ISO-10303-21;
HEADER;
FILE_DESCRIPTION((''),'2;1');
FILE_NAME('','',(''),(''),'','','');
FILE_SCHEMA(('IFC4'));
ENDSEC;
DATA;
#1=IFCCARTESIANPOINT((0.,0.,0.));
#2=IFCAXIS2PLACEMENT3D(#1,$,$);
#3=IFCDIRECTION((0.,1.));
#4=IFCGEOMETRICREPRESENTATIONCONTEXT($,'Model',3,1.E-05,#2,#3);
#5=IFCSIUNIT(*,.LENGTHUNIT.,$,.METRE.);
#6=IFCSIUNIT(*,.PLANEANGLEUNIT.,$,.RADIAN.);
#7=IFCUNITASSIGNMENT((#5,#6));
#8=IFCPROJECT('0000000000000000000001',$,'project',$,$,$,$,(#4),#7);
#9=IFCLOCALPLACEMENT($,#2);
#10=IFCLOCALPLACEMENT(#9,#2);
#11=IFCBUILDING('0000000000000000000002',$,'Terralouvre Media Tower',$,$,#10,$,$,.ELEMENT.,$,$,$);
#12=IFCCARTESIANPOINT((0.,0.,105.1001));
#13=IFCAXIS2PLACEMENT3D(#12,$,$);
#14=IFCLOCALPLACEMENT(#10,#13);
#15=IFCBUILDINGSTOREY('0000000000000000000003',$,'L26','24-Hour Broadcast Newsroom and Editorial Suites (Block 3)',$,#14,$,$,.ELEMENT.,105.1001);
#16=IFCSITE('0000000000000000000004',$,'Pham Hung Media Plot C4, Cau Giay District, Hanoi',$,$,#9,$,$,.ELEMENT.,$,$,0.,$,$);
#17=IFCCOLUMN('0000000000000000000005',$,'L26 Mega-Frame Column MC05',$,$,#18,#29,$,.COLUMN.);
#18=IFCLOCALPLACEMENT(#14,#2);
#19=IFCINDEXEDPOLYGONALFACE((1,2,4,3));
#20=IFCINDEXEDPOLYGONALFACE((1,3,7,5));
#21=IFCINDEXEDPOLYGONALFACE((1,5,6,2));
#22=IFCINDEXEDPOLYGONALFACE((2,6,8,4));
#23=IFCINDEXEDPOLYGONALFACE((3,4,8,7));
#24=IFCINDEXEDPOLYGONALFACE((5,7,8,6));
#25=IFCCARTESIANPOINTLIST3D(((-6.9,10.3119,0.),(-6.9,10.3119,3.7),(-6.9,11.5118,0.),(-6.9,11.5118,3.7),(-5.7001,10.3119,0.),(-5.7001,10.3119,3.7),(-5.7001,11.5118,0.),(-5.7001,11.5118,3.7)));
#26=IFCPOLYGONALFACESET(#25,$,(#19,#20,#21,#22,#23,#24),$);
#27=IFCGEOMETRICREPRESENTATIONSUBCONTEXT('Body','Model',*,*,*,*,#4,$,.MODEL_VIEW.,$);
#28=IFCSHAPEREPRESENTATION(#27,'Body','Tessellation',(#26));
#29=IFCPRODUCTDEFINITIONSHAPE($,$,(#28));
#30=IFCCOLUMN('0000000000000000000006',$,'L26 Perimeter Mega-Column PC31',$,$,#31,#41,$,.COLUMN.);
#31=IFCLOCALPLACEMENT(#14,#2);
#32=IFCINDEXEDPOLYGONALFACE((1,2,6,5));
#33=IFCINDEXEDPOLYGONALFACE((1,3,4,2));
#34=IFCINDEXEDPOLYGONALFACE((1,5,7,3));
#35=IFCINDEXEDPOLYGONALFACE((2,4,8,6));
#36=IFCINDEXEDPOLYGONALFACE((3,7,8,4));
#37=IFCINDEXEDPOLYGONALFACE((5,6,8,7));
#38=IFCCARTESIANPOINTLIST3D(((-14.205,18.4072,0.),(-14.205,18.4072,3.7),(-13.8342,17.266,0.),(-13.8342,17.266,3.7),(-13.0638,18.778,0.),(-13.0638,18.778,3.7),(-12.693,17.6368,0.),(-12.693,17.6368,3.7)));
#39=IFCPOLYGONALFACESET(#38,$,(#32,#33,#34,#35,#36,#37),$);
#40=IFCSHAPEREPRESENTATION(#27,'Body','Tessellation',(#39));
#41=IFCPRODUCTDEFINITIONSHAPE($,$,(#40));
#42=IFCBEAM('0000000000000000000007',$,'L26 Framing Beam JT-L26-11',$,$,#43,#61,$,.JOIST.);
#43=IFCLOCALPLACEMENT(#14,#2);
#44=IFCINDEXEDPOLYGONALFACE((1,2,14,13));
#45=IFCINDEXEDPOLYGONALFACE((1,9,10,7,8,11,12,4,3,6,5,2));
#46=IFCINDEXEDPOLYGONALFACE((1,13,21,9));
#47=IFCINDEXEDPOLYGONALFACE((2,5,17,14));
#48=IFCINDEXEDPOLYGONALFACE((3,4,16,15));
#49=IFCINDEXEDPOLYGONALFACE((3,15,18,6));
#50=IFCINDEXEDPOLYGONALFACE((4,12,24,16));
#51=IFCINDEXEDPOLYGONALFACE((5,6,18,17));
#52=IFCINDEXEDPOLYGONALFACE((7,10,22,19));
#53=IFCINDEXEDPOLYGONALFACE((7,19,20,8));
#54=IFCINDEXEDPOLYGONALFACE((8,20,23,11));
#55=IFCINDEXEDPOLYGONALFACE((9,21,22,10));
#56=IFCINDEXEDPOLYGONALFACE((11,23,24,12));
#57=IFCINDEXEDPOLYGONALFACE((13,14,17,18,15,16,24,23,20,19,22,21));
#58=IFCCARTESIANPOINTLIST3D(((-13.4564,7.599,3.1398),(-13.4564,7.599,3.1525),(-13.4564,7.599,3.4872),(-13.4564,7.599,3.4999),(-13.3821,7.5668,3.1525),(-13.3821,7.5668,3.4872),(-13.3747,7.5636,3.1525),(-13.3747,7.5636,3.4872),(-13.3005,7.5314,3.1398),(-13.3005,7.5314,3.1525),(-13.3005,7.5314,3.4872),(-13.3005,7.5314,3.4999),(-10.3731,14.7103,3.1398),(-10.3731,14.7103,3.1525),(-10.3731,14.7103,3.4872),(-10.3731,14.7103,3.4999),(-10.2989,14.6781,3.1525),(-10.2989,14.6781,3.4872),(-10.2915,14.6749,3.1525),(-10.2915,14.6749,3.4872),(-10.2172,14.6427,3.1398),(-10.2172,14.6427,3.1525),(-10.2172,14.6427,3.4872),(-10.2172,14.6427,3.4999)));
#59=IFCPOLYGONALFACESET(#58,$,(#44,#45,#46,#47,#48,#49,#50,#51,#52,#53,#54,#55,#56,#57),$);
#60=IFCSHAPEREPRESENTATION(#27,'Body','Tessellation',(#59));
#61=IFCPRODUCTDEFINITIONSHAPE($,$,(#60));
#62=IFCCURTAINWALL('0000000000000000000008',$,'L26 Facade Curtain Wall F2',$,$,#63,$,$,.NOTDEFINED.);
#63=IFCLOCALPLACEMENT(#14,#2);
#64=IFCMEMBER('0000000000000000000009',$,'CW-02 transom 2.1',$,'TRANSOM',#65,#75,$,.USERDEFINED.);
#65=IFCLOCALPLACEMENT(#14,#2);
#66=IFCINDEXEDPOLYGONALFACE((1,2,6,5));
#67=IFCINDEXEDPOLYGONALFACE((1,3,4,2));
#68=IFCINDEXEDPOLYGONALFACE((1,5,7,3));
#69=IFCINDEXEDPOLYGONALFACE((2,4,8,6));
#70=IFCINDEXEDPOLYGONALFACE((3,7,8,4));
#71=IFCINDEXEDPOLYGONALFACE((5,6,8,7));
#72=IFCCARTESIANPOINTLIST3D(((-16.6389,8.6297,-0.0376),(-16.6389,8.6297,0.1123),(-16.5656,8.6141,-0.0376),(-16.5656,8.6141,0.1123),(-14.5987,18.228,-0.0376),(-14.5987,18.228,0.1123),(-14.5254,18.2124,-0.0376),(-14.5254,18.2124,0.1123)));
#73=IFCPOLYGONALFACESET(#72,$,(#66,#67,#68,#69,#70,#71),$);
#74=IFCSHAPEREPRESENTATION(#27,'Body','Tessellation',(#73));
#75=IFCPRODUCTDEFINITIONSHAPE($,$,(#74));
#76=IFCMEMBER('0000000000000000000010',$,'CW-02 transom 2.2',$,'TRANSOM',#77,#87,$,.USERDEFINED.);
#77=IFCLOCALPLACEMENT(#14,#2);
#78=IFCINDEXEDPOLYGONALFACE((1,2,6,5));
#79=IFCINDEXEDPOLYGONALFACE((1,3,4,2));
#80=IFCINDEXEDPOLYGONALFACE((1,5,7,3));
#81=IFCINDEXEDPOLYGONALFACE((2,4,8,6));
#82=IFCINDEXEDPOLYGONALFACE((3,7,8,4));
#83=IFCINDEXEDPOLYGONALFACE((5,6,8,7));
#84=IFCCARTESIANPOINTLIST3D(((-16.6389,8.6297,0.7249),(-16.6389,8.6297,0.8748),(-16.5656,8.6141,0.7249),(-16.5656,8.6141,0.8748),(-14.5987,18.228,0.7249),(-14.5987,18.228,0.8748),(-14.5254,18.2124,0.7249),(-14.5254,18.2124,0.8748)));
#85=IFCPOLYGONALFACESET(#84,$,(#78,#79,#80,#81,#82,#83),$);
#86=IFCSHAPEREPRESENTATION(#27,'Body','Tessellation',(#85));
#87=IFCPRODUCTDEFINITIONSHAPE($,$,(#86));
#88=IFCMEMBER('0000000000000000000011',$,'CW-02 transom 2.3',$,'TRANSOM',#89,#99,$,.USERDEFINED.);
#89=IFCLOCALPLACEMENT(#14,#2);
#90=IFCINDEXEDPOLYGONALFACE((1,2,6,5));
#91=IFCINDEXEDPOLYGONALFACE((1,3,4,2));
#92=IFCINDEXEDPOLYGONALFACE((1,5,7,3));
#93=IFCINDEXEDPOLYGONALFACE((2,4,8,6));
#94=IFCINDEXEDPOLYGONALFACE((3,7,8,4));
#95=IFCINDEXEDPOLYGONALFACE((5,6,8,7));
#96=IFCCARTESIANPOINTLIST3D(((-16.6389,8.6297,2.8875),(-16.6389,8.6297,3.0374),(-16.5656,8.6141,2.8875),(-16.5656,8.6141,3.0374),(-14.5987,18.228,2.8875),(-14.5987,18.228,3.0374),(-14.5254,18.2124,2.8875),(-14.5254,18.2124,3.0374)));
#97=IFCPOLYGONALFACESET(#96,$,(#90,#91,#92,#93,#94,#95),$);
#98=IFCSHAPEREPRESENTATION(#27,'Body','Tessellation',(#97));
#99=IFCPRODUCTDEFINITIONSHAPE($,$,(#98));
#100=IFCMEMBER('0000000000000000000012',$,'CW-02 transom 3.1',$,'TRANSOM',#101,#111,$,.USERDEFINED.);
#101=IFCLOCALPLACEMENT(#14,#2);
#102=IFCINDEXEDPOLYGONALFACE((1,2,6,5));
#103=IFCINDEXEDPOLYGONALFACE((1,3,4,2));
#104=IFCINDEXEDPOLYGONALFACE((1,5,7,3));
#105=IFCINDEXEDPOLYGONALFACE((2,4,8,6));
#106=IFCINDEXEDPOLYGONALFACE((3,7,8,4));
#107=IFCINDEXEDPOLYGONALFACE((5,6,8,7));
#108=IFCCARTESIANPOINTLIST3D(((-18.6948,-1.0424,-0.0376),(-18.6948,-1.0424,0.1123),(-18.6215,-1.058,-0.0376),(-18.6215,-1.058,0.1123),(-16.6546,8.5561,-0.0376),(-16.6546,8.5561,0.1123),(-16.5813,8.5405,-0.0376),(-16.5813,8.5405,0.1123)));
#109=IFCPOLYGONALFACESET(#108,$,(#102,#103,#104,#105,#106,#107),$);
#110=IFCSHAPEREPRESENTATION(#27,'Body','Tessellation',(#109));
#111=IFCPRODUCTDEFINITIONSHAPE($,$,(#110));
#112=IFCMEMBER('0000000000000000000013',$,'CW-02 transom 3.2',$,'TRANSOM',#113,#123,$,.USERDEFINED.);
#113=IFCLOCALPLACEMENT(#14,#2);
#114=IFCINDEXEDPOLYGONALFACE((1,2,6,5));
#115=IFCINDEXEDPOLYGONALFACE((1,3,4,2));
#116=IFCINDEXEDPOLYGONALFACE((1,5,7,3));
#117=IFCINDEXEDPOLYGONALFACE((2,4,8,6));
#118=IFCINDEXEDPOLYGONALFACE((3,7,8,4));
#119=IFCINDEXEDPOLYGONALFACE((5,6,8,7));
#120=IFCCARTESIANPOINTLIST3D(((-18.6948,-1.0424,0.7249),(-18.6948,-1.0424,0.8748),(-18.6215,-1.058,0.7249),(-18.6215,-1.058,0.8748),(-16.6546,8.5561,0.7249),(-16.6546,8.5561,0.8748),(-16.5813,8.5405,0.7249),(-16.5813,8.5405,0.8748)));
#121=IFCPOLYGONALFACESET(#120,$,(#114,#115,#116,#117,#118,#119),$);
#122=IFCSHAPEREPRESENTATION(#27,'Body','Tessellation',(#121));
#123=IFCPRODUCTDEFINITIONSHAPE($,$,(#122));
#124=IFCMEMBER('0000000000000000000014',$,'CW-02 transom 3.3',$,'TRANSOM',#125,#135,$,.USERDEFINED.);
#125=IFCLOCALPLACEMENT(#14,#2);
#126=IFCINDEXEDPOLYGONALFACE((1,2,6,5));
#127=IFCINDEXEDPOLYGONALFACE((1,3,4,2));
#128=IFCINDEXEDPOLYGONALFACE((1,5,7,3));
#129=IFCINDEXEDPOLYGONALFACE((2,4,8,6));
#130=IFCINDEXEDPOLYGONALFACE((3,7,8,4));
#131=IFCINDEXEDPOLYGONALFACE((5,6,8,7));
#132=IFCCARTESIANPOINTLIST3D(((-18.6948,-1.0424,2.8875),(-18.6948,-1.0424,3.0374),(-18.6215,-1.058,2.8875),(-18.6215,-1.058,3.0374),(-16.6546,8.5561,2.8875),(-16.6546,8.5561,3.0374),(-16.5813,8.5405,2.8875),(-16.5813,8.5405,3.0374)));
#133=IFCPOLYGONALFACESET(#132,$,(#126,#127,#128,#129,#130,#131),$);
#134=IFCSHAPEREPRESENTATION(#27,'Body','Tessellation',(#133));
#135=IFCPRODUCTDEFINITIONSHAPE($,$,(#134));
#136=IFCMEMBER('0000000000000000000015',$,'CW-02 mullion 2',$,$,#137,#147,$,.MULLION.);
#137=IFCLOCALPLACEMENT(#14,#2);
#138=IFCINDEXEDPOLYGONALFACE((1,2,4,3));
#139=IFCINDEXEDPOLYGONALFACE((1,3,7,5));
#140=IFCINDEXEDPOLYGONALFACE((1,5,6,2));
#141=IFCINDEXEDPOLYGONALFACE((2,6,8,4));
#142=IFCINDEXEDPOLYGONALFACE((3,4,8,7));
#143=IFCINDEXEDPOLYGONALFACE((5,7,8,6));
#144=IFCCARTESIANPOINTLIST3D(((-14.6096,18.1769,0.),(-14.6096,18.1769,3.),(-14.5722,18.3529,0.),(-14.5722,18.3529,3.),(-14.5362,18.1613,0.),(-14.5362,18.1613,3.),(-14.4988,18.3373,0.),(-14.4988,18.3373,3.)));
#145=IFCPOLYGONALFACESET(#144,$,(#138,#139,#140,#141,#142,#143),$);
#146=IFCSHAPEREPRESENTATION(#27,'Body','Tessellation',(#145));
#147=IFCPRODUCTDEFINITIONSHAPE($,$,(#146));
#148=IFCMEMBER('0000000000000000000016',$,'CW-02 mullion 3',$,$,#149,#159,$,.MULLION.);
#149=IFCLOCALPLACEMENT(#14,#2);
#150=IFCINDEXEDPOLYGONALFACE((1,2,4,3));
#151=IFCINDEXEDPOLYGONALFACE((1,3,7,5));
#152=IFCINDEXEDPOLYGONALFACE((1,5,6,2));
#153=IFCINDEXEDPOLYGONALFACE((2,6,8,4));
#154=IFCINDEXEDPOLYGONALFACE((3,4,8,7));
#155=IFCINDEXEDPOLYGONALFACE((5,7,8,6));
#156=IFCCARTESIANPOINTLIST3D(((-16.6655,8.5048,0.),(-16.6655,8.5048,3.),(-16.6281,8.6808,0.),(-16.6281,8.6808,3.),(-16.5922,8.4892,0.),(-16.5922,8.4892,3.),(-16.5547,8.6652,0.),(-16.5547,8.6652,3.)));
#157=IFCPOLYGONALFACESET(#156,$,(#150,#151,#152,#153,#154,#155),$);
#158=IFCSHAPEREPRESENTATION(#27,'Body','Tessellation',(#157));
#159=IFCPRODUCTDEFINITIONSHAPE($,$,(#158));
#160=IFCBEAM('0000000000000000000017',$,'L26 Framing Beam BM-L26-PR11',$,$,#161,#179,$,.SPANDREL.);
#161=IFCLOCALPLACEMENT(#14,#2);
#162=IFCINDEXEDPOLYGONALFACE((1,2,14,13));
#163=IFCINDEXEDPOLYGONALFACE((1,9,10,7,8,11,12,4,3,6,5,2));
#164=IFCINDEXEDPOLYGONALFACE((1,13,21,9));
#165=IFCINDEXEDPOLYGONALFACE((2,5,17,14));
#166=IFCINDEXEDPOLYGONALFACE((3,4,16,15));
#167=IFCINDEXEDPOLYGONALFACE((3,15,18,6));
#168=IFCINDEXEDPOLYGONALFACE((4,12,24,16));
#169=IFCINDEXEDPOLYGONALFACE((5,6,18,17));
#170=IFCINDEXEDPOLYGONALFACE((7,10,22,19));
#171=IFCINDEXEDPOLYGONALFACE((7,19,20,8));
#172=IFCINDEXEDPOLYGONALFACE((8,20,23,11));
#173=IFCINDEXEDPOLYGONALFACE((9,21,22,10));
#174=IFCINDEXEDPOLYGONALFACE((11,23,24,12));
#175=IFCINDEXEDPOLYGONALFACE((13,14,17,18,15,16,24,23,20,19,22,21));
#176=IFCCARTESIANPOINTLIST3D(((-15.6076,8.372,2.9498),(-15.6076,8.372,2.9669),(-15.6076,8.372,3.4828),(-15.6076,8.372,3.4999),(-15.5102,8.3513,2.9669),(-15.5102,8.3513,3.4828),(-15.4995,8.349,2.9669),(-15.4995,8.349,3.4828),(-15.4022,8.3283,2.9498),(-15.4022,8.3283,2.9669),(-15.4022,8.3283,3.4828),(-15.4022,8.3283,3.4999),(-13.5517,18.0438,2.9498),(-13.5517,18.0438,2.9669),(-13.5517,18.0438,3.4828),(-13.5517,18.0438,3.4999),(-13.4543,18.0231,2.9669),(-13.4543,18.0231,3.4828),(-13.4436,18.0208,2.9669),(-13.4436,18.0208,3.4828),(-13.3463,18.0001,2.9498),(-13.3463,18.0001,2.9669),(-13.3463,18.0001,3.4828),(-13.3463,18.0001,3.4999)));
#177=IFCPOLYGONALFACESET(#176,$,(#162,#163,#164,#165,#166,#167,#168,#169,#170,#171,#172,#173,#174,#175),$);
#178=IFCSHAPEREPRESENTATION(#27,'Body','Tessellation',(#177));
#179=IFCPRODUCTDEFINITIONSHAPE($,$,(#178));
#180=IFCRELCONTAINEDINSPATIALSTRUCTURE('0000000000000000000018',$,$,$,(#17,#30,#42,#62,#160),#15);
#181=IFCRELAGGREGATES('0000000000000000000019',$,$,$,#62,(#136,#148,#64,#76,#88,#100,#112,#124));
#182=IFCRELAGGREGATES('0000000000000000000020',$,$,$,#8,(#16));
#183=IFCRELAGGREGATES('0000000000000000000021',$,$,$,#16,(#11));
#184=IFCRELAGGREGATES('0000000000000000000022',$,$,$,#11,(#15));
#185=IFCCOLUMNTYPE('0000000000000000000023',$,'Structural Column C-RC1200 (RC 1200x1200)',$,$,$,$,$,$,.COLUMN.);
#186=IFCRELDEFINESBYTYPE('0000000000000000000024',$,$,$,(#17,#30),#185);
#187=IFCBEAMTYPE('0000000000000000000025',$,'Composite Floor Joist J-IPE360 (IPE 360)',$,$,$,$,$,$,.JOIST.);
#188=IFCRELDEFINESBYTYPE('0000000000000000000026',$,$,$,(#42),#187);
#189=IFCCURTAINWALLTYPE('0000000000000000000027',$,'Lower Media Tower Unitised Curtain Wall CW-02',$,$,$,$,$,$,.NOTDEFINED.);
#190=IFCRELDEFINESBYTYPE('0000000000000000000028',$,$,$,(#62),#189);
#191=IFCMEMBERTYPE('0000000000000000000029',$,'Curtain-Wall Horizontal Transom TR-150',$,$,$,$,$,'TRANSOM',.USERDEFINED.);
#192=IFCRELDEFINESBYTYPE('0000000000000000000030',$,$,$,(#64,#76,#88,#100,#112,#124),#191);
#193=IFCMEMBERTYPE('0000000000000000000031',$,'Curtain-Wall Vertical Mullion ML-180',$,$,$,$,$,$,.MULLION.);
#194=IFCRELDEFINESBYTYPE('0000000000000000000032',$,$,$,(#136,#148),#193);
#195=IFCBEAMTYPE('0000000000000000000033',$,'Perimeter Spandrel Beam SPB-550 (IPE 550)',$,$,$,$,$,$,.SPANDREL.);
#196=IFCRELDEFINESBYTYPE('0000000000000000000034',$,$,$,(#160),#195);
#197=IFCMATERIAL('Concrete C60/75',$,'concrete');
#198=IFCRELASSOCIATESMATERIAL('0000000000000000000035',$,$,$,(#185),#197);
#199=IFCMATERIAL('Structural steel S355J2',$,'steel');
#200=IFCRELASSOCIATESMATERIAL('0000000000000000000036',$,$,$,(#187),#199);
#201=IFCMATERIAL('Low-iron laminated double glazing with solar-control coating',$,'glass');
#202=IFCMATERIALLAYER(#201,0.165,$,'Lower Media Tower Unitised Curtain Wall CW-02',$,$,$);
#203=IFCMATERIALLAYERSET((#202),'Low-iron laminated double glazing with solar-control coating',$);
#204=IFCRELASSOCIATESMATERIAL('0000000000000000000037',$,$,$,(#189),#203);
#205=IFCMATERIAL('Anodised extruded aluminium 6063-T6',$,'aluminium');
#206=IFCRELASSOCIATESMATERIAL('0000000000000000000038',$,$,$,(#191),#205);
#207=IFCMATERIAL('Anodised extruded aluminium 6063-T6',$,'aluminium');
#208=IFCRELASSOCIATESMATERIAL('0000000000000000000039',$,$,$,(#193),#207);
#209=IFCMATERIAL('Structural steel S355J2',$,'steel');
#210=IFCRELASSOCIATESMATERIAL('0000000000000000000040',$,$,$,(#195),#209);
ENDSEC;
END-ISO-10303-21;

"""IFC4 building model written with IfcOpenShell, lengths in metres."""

from ifc_helpers import new_model, si_unit, direction, frame, origin, origin_2d, place, context, subcontext, project, spatial, rectangle, i_section, extrude, material, layer, layer_set, material_profile, profile_set, type_object, element, aggregate, save


model = new_model("IFC4")

# Units and contexts
model_context = context("Model", 3, precision=1e-05, world=origin(), true_north=direction((0.0, 1.0)))
body_context = subcontext(model_context, "Body", "Model", "MODEL_VIEW")
ifc_project = project(units=[si_unit("LENGTHUNIT", "METRE"), si_unit("PLANEANGLEUNIT", "RADIAN")], contexts=[model_context])

# Site, building, storey
site_placement = place(None, origin())
site = spatial("IfcSite", under=ifc_project, at=site_placement, Name="Pham Hung Media Plot C4, Cau Giay District, Hanoi", CompositionType="ELEMENT", RefElevation=0.0)
building_placement = place(site_placement, origin())
building = spatial("IfcBuilding", under=site, at=building_placement, Name="Terralouvre Media Tower", CompositionType="ELEMENT")
storey_placement = place(building_placement, frame((0.0, 0.0, 105.1001)))
storey = spatial("IfcBuildingStorey", under=building, at=storey_placement, Name="L26", Description="24-Hour Broadcast Newsroom and Editorial Suites (Block 3)", CompositionType="ELEMENT", Elevation=105.1001)

# Columns
ifc_material_1 = material(Name="Concrete C60/75", Category="concrete")
ifc_material_profile_1 = material_profile(ifc_material_1, rectangle(XDim=1.2, YDim=1.2, at=origin_2d()), Name="RC 1200x1200")
ifc_profile_set_1 = profile_set([ifc_material_profile_1], Name="Concrete C60/75")
column_type = type_object("IfcColumnType", Name="Structural Column C-RC1200 (RC 1200x1200)", PredefinedType="COLUMN", material=ifc_profile_set_1)
for number, where, z_axis, x_axis, name in (
    (1, (-6.3, 10.9119, 0.0), (0.0, 0.0, 1.0), (1.0, 0.0, 0.0), "L26 Mega-Frame Column MC05"),
    (2, (-13.449, 18.022, 0.0), (0.0, 0.0, 1.0), (0.951057, 0.309017, 0.0), "L26 Perimeter Mega-Column PC31"),
):
    element("IfcColumn", number, at=place(storey_placement, frame(where, z_axis=z_axis, x_axis=x_axis)), inside=storey, type_object=column_type, Name=name, PredefinedType="COLUMN", context=body_context, shape_type="SweptSolid", body=[
        extrude(rectangle(XDim=1.2, YDim=1.2, at=origin_2d()), origin(), (0.0, 0.0, 1.0), 3.7),
    ])

# Beam
ifc_material_2 = material(Name="Structural steel S355J2", Category="steel")
ifc_material_profile_2 = material_profile(ifc_material_2, i_section(OverallWidth=0.1699, OverallDepth=0.3601, WebThickness=0.0081, FlangeThickness=0.0127, at=origin_2d()), Name="IPE 360")
ifc_profile_set_2 = profile_set([ifc_material_profile_2], Name="Structural steel S355J2")
beam_type_1 = type_object("IfcBeamType", Name="Composite Floor Joist J-IPE360 (IPE 360)", PredefinedType="JOIST", material=ifc_profile_set_2)
beam_1_placement = place(storey_placement, frame((-10.2952, 14.6765, 3.3198), z_axis=(-0.39779, -0.917477, 0.0), x_axis=(0.917477, -0.39779, 0.0)))
element("IfcBeam", 3, at=beam_1_placement, inside=storey, type_object=beam_type_1, Name="L26 Framing Beam JT-L26-11", PredefinedType="JOIST", context=body_context, shape_type="SweptSolid", body=[
    extrude(i_section(OverallWidth=0.1699, OverallDepth=0.3601, WebThickness=0.0081, FlangeThickness=0.0127, at=origin_2d()), origin(), (0.0, 0.0, 1.0), 7.751),
])

# Curtain wall, members
ifc_material_3 = material(Name="Low-iron laminated double glazing with solar-control coating", Category="glass")
ifc_layer_1 = layer(ifc_material_3, 0.165, Name="Lower Media Tower Unitised Curtain Wall CW-02")
ifc_layer_set_1 = layer_set([ifc_layer_1], Name="Low-iron laminated double glazing with solar-control coating")
curtain_wall_type = type_object("IfcCurtainWallType", Name="Lower Media Tower Unitised Curtain Wall CW-02", PredefinedType="NOTDEFINED", material=ifc_layer_set_1)
curtain_wall_placement = place(storey_placement, origin())
curtain_wall = element("IfcCurtainWall", 4, at=curtain_wall_placement, inside=storey, type_object=curtain_wall_type, Name="L26 Facade Curtain Wall F2", PredefinedType="NOTDEFINED")
ifc_material_4 = material(Name="Anodised extruded aluminium 6063-T6", Category="aluminium")
ifc_material_profile_3 = material_profile(ifc_material_4, rectangle(XDim=0.075, YDim=0.1499, at=origin_2d()), Name="ALU 75x150")
ifc_profile_set_3 = profile_set([ifc_material_profile_3], Name="Anodised extruded aluminium 6063-T6")
member_type_1 = type_object("IfcMemberType", Name="Curtain-Wall Horizontal Transom TR-150", ElementType="TRANSOM", PredefinedType="USERDEFINED", material=ifc_profile_set_3)
member_1_placement = place(storey_placement, frame((-14.562, 18.2202, 0.0374), z_axis=(-0.20792, -0.978146, 0.0), x_axis=(0.978146, -0.20792, 0.0)))
member_1 = element("IfcMember", 5, at=member_1_placement, type_object=member_type_1, Name="CW-02 transom 2.1", ObjectType="TRANSOM", PredefinedType="USERDEFINED", context=body_context, shape_type="SweptSolid", body=[
    extrude(rectangle(XDim=0.075, YDim=0.1499, at=origin_2d()), origin(), (0.0, 0.0, 1.0), 9.8127),
])
member_2_placement = place(storey_placement, frame((-14.562, 18.2202, 0.7998), z_axis=(-0.20792, -0.978146, 0.0), x_axis=(0.978146, -0.20792, 0.0)))
member_2 = element("IfcMember", 6, at=member_2_placement, type_object=member_type_1, Name="CW-02 transom 2.2", ObjectType="TRANSOM", PredefinedType="USERDEFINED", context=body_context, shape_type="SweptSolid", body=[
    extrude(rectangle(XDim=0.075, YDim=0.1499, at=origin_2d()), origin(), (0.0, 0.0, 1.0), 9.8127),
])
member_3_placement = place(storey_placement, frame((-14.562, 18.2202, 2.9624), z_axis=(-0.20792, -0.978146, 0.0), x_axis=(0.978146, -0.20792, 0.0)))
member_3 = element("IfcMember", 7, at=member_3_placement, type_object=member_type_1, Name="CW-02 transom 2.3", ObjectType="TRANSOM", PredefinedType="USERDEFINED", context=body_context, shape_type="SweptSolid", body=[
    extrude(rectangle(XDim=0.075, YDim=0.1499, at=origin_2d()), origin(), (0.0, 0.0, 1.0), 9.8127),
])
member_4_placement = place(storey_placement, frame((-16.6179, 8.5483, 0.0374), z_axis=(-0.207915, -0.978147, 0.0), x_axis=(0.978147, -0.207915, 0.0)))
member_4 = element("IfcMember", 8, at=member_4_placement, type_object=member_type_1, Name="CW-02 transom 3.1", ObjectType="TRANSOM", PredefinedType="USERDEFINED", context=body_context, shape_type="SweptSolid", body=[
    extrude(rectangle(XDim=0.075, YDim=0.1499, at=origin_2d()), origin(), (0.0, 0.0, 1.0), 9.813),
])
member_5_placement = place(storey_placement, frame((-16.6179, 8.5483, 0.7998), z_axis=(-0.207915, -0.978147, 0.0), x_axis=(0.978147, -0.207915, 0.0)))
member_5 = element("IfcMember", 9, at=member_5_placement, type_object=member_type_1, Name="CW-02 transom 3.2", ObjectType="TRANSOM", PredefinedType="USERDEFINED", context=body_context, shape_type="SweptSolid", body=[
    extrude(rectangle(XDim=0.075, YDim=0.1499, at=origin_2d()), origin(), (0.0, 0.0, 1.0), 9.813),
])
member_6_placement = place(storey_placement, frame((-16.6179, 8.5483, 2.9624), z_axis=(-0.207915, -0.978147, 0.0), x_axis=(0.978147, -0.207915, 0.0)))
member_6 = element("IfcMember", 10, at=member_6_placement, type_object=member_type_1, Name="CW-02 transom 3.3", ObjectType="TRANSOM", PredefinedType="USERDEFINED", context=body_context, shape_type="SweptSolid", body=[
    extrude(rectangle(XDim=0.075, YDim=0.1499, at=origin_2d()), origin(), (0.0, 0.0, 1.0), 9.813),
])
ifc_material_5 = material(Name="Anodised extruded aluminium 6063-T6", Category="aluminium")
ifc_material_profile_4 = material_profile(ifc_material_5, rectangle(XDim=0.075, YDim=0.1799, at=origin_2d()), Name="ALU 75x180")
ifc_profile_set_4 = profile_set([ifc_material_profile_4], Name="Anodised extruded aluminium 6063-T6")
member_type_2 = type_object("IfcMemberType", Name="Curtain-Wall Vertical Mullion ML-180", PredefinedType="MULLION", material=ifc_profile_set_4)
member_7_placement = place(storey_placement, frame((-14.5542, 18.2571, 0.0), z_axis=(0.0, 0.0, 1.0), x_axis=(0.978148, -0.207912, 0.0)))
member_7 = element("IfcMember", 11, at=member_7_placement, type_object=member_type_2, Name="CW-02 mullion 2", PredefinedType="MULLION", context=body_context, shape_type="SweptSolid", body=[
    extrude(rectangle(XDim=0.075, YDim=0.1799, at=origin_2d()), origin(), (0.0, 0.0, 1.0), 3.0),
])
member_8_placement = place(storey_placement, frame((-16.6101, 8.585, 0.0), z_axis=(0.0, 0.0, 1.0), x_axis=(0.978148, -0.207912, 0.0)))
member_8 = element("IfcMember", 12, at=member_8_placement, type_object=member_type_2, Name="CW-02 mullion 3", PredefinedType="MULLION", context=body_context, shape_type="SweptSolid", body=[
    extrude(rectangle(XDim=0.075, YDim=0.1799, at=origin_2d()), origin(), (0.0, 0.0, 1.0), 3.0),
])

# Beam
ifc_material_6 = material(Name="Structural steel S355J2", Category="steel")
ifc_material_profile_5 = material_profile(ifc_material_6, i_section(OverallWidth=0.21, OverallDepth=0.55, WebThickness=0.011, FlangeThickness=0.0171, at=origin_2d()), Name="IPE 550")
ifc_profile_set_5 = profile_set([ifc_material_profile_5], Name="Structural steel S355J2")
beam_type_2 = type_object("IfcBeamType", Name="Perimeter Spandrel Beam SPB-550 (IPE 550)", PredefinedType="SPANDREL", material=ifc_profile_set_5)
for number, where, z_axis, x_axis, name in (
    (13, (-13.449, 18.022, 3.2249), (-0.20792, -0.978146, 0.0), (0.978146, -0.20792, 0.0), "L26 Framing Beam BM-L26-PR11"),
):
    element("IfcBeam", number, at=place(storey_placement, frame(where, z_axis=z_axis, x_axis=x_axis)), inside=storey, type_object=beam_type_2, Name=name, PredefinedType="SPANDREL", context=body_context, shape_type="SweptSolid", body=[
        extrude(i_section(OverallWidth=0.21, OverallDepth=0.55, WebThickness=0.011, FlangeThickness=0.0171, at=origin_2d()), origin(), (0.0, 0.0, 1.0), 9.8879),
    ])

aggregate(curtain_wall, [member_7, member_8, member_1, member_2, member_3, member_4, member_5, member_6])

save(model, "model.ifc")
